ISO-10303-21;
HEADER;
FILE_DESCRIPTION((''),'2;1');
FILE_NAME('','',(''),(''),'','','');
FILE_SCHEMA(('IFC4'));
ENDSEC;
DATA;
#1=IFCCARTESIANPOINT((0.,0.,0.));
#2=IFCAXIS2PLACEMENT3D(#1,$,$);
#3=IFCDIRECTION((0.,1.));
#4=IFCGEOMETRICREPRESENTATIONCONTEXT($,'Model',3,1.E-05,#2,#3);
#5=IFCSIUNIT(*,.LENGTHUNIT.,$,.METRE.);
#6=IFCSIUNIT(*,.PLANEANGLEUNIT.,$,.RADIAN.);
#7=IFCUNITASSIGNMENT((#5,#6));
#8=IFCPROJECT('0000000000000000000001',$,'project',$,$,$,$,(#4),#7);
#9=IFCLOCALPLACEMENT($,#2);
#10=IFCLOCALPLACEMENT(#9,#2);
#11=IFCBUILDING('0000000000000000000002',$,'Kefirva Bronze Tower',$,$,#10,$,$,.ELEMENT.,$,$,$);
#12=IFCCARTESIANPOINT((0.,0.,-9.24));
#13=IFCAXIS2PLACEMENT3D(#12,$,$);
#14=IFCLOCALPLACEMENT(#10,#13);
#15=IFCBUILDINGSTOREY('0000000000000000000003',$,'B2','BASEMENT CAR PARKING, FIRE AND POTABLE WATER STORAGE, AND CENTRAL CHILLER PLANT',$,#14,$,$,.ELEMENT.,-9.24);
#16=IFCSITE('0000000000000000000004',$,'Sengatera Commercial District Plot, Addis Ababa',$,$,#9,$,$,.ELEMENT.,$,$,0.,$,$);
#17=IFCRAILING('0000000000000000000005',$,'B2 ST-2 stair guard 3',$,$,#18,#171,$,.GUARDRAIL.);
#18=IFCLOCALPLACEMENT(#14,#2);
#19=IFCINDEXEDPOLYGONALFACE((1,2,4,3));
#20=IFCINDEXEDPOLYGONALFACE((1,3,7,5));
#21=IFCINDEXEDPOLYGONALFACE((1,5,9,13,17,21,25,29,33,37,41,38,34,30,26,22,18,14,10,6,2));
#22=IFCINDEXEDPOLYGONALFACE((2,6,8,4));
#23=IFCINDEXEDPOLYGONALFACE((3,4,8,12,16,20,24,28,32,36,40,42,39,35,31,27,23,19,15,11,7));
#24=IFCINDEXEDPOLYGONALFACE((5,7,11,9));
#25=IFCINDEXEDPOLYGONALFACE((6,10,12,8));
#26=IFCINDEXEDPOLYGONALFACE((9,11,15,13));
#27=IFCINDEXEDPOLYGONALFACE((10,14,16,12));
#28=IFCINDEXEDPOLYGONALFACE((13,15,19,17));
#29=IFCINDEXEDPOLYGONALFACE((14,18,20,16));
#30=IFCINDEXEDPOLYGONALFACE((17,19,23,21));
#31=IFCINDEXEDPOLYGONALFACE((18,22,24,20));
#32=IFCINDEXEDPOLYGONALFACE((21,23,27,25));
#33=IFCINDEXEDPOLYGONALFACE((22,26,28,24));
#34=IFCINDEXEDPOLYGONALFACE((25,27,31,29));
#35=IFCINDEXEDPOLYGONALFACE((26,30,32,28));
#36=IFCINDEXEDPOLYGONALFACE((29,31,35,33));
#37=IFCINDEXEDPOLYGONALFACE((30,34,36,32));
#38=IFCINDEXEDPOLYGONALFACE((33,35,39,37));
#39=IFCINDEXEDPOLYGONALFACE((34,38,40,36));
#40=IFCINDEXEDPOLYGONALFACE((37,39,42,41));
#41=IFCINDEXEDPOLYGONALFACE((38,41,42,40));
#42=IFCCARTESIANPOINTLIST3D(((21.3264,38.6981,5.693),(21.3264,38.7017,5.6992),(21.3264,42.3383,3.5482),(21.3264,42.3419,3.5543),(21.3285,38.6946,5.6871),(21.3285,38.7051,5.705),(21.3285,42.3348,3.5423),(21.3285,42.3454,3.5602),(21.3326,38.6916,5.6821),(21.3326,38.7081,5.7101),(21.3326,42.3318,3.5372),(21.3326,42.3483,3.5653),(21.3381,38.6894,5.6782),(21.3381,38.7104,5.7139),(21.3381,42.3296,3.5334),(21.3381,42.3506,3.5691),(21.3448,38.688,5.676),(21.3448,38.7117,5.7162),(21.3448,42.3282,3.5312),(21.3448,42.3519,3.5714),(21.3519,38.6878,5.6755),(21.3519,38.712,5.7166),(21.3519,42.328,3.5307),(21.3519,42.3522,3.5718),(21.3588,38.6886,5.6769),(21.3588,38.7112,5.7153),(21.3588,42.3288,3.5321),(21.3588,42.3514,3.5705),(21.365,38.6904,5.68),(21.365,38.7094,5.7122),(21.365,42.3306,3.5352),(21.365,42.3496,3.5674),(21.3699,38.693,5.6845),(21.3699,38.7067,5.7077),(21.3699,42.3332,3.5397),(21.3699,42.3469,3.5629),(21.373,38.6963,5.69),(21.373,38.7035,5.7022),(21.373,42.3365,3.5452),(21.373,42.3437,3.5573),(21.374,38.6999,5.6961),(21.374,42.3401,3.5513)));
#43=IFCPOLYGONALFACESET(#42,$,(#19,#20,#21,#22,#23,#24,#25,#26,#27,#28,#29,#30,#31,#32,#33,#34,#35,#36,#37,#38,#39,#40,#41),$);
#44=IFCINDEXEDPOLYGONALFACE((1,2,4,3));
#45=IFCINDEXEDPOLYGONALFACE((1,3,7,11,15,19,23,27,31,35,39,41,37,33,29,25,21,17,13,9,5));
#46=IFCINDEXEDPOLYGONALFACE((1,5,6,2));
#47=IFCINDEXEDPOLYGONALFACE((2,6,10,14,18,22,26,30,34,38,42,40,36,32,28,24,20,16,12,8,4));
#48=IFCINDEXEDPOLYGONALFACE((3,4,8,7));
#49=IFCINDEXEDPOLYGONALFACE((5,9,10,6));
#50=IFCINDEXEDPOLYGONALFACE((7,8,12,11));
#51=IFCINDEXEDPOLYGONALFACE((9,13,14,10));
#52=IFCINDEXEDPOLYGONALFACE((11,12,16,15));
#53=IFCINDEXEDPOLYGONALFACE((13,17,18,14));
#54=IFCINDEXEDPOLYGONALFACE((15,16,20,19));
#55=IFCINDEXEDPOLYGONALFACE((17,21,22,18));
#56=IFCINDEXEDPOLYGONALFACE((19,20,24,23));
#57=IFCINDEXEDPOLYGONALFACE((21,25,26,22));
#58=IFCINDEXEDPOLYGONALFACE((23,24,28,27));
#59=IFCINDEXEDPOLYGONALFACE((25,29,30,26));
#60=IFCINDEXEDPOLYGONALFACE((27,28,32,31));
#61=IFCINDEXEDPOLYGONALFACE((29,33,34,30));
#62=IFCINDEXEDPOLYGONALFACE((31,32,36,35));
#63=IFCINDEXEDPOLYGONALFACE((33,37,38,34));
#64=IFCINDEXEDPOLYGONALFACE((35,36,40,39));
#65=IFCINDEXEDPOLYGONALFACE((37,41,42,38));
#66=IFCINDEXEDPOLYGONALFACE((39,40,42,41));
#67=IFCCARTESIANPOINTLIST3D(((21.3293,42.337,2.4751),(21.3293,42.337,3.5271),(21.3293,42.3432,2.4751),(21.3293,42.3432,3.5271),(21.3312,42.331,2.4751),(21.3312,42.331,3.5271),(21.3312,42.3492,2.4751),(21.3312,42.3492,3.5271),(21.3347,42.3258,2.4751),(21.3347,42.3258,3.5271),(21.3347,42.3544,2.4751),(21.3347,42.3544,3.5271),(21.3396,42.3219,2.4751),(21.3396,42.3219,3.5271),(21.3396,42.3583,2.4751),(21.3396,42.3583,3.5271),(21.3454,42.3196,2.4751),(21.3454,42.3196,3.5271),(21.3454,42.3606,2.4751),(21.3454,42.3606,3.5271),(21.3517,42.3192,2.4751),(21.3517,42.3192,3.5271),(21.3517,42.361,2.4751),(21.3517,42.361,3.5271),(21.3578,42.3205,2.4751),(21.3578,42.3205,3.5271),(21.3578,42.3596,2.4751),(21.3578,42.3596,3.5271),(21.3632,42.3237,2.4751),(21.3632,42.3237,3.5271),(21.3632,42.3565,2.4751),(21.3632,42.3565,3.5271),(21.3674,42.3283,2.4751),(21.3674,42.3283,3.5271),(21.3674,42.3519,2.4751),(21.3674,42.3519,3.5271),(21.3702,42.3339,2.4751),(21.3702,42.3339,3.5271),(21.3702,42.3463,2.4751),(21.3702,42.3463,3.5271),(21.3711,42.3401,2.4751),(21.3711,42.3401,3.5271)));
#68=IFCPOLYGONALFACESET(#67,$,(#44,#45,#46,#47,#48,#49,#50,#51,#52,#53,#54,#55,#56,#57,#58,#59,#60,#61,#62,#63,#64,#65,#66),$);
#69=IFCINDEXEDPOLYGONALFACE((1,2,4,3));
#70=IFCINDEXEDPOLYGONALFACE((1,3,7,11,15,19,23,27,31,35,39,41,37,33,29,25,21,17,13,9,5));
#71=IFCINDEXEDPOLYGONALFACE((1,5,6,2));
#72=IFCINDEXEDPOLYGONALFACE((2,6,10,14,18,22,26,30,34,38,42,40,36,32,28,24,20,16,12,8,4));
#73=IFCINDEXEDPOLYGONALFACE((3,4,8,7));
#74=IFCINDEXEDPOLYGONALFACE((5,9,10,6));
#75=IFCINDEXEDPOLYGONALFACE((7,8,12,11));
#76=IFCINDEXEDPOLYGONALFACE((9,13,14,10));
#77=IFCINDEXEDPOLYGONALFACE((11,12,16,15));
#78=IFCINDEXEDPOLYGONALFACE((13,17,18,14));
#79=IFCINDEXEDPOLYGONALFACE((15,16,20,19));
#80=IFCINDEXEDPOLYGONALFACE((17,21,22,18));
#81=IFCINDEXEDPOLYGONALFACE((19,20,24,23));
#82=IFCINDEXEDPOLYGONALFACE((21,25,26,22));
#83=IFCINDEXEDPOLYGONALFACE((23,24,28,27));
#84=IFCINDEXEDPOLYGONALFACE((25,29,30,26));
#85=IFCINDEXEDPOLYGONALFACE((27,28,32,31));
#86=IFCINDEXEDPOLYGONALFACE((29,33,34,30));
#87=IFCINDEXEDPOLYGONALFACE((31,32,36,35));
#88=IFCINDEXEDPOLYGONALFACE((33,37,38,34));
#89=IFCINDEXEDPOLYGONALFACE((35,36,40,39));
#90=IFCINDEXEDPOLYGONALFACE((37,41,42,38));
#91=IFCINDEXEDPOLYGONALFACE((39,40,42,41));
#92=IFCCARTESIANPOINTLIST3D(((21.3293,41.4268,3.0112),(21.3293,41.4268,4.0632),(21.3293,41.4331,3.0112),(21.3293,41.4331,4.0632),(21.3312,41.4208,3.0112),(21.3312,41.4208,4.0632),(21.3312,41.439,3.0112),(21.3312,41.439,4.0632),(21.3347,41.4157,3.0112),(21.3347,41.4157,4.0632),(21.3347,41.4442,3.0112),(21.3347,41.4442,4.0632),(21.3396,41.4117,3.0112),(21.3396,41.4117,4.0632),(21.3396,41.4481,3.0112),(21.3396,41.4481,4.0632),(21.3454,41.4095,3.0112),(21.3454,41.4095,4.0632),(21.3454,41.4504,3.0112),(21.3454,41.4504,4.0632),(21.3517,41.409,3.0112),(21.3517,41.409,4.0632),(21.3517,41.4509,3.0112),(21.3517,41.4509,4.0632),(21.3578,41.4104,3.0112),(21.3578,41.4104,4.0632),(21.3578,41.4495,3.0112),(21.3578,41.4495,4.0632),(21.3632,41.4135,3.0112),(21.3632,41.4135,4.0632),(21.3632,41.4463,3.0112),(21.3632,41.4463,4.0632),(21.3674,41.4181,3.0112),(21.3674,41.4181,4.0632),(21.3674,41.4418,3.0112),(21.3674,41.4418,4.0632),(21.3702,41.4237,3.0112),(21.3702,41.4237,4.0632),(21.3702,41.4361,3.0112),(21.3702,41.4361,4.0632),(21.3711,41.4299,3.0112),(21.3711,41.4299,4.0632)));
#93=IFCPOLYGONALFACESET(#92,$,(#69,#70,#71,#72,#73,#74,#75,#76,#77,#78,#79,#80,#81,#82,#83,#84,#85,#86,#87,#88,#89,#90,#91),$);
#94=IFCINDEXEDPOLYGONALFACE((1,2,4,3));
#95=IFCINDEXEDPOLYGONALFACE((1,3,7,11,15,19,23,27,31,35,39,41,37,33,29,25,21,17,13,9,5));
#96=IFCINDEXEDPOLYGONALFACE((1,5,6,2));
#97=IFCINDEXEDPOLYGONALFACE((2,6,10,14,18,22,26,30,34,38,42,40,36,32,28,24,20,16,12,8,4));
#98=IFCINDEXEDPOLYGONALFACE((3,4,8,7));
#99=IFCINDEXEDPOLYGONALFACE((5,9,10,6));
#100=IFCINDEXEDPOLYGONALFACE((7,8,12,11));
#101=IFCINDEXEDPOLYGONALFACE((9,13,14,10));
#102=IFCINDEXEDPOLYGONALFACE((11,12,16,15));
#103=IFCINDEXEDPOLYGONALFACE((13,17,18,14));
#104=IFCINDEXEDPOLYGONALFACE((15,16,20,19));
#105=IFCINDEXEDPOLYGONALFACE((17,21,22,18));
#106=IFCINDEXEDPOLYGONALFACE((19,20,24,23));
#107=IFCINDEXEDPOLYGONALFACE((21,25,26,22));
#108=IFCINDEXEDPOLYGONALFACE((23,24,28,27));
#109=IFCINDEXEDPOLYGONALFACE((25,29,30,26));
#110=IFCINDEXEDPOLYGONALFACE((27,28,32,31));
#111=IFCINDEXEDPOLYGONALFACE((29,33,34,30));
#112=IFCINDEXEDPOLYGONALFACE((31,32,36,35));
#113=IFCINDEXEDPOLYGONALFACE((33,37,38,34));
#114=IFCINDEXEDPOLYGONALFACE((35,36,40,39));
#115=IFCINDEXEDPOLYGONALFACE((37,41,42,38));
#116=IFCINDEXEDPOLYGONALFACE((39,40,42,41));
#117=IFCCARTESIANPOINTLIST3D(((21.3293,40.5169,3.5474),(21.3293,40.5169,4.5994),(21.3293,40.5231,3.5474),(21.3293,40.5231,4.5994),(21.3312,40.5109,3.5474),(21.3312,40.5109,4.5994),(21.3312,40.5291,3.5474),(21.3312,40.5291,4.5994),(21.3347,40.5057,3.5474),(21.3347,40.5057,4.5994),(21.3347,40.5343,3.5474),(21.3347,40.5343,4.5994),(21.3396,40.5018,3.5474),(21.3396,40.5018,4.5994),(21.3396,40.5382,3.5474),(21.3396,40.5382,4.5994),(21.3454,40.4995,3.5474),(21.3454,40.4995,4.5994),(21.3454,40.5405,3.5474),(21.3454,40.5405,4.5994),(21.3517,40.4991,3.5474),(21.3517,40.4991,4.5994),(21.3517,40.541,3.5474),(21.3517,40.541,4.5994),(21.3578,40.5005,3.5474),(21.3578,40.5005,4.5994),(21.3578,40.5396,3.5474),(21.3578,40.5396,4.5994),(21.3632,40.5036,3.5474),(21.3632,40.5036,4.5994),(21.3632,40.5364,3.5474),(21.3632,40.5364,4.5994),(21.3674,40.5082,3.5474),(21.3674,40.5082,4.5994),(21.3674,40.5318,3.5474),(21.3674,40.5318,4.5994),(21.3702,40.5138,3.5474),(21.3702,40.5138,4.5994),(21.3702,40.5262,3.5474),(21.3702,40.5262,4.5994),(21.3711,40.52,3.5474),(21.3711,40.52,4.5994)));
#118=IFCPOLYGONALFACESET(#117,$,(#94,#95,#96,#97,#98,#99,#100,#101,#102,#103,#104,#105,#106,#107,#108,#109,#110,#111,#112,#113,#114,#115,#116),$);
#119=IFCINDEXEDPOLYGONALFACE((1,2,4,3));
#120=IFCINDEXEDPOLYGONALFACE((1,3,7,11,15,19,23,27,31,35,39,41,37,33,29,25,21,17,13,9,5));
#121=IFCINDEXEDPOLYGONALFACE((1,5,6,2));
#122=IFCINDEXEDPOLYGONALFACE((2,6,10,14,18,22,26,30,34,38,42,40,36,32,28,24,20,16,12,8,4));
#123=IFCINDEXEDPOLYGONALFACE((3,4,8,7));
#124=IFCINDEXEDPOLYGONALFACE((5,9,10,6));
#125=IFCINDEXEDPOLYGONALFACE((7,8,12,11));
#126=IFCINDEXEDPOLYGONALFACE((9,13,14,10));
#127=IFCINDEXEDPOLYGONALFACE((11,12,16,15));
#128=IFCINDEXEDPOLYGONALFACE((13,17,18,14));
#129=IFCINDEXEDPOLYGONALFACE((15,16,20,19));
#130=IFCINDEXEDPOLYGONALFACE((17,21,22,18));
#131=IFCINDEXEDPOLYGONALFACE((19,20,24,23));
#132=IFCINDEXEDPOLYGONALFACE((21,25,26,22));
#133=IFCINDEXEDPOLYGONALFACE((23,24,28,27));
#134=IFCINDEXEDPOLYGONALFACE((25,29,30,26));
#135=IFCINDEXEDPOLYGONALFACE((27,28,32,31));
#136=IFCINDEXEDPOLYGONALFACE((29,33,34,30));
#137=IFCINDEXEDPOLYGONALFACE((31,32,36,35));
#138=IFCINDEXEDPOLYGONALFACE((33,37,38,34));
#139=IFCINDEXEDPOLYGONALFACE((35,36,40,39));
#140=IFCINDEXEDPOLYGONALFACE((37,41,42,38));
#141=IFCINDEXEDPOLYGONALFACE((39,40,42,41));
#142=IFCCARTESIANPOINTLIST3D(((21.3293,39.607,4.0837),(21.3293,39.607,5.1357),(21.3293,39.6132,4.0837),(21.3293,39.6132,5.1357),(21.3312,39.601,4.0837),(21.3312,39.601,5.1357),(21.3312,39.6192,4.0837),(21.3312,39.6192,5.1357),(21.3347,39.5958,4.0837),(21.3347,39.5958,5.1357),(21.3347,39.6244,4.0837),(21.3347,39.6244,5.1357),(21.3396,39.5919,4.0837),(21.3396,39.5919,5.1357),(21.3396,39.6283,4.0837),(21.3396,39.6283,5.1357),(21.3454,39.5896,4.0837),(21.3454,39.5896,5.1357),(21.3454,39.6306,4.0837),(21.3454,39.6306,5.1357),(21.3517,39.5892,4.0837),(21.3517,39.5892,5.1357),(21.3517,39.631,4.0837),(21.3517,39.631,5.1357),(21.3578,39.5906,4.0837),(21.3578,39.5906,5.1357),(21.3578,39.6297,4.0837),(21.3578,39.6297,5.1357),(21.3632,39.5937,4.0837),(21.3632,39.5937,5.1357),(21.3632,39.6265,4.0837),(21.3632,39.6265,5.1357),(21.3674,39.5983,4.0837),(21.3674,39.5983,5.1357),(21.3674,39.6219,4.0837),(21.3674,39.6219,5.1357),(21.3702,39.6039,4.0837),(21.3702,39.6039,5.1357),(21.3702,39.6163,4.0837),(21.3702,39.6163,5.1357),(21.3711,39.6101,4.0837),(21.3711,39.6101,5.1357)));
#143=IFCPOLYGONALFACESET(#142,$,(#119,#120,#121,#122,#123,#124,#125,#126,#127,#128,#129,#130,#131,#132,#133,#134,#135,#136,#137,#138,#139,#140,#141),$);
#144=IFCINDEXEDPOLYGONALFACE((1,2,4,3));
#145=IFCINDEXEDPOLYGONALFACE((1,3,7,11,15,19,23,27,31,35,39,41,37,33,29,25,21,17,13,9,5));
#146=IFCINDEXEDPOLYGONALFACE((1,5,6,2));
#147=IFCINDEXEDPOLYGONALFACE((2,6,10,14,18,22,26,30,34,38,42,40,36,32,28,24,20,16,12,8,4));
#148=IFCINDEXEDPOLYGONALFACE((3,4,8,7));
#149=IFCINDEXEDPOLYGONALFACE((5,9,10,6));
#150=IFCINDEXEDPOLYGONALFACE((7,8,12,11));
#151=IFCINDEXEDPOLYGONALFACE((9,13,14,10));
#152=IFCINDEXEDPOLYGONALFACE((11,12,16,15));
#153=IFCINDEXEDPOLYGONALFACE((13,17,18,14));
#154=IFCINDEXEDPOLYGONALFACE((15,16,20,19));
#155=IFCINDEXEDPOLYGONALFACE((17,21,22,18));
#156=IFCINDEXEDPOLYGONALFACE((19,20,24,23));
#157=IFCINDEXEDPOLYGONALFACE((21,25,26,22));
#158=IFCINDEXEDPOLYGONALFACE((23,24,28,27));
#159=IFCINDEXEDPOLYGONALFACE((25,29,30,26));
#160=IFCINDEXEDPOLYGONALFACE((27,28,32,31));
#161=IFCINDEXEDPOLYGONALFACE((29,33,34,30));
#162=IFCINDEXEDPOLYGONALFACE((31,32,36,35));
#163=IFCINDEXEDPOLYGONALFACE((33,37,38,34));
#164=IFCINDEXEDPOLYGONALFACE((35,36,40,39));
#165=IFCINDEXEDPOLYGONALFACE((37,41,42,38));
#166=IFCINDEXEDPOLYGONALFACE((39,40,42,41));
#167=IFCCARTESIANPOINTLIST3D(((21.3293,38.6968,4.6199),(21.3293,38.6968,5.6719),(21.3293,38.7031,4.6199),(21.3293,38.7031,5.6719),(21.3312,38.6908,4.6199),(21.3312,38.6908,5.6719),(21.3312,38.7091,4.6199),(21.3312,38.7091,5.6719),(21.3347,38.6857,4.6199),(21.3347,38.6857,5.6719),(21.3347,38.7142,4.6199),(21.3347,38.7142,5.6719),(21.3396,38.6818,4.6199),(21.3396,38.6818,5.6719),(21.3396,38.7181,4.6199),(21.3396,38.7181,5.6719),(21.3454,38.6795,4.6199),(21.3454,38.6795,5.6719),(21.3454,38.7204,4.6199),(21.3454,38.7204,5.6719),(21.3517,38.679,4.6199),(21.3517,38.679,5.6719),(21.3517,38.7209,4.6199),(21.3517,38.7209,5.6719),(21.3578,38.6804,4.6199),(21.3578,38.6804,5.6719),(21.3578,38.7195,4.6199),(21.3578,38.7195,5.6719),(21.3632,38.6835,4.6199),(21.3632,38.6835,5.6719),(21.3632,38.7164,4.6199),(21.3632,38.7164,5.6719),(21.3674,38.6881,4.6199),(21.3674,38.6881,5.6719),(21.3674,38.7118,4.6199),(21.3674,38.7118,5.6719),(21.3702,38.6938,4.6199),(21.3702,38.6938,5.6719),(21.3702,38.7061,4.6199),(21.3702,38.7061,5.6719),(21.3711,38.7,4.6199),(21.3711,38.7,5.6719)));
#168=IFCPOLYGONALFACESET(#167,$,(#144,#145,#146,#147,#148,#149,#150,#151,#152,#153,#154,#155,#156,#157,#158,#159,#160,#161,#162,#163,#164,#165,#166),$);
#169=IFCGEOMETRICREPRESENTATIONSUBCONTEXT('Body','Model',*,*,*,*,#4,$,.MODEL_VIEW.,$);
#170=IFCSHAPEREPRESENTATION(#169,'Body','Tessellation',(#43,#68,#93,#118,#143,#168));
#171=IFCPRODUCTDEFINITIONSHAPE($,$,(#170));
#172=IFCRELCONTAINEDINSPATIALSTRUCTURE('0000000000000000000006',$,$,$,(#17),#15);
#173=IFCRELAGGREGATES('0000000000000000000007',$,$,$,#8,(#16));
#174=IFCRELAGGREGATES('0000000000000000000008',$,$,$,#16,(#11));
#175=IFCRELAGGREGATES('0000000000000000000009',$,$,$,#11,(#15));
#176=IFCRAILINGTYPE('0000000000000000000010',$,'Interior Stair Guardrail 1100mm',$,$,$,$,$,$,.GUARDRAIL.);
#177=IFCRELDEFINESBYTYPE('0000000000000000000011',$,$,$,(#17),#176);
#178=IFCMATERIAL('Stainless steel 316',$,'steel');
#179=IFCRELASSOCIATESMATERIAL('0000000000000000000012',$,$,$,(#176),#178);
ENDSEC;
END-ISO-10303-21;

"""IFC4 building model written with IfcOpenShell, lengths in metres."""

from ifc_helpers import new_model, si_unit, direction, frame, origin, origin_2d, place, context, subcontext, project, spatial, circle, extrude, material, type_object, element, save


model = new_model("IFC4")

# Units and contexts
model_context = context("Model", 3, precision=1e-05, world=origin(), true_north=direction((0.0, 1.0)))
body_context = subcontext(model_context, "Body", "Model", "MODEL_VIEW")
ifc_project = project(units=[si_unit("LENGTHUNIT", "METRE"), si_unit("PLANEANGLEUNIT", "RADIAN")], contexts=[model_context])

# Site, building, storey
site_placement = place(None, origin())
site = spatial("IfcSite", under=ifc_project, at=site_placement, Name="Sengatera Commercial District Plot, Addis Ababa", CompositionType="ELEMENT", RefElevation=0.0)
building_placement = place(site_placement, origin())
building = spatial("IfcBuilding", under=site, at=building_placement, Name="Kefirva Bronze Tower", CompositionType="ELEMENT")
storey_placement = place(building_placement, frame((0.0, 0.0, -9.24)))
storey = spatial("IfcBuildingStorey", under=building, at=storey_placement, Name="B2", Description="BASEMENT CAR PARKING, FIRE AND POTABLE WATER STORAGE, AND CENTRAL CHILLER PLANT", CompositionType="ELEMENT", Elevation=-9.24)

# Railing
ifc_material_1 = material(Name="Stainless steel 316", Category="steel")
railing_type_1 = type_object("IfcRailingType", Name="Interior Stair Guardrail 1100mm", PredefinedType="GUARDRAIL", material=ifc_material_1)
railing_1_placement = place(storey_placement, frame((21.3501, 42.3401, 2.4751)))
element("IfcRailing", 1, at=railing_1_placement, inside=storey, type_object=railing_type_1, Name="B2 ST-2 stair guard 3", PredefinedType="GUARDRAIL", context=body_context, shape_type="SweptSolid", body=[
    extrude(circle(Radius=0.0239, at=origin_2d()), frame((0.0, 0.0, 1.0762), z_axis=(0.0, -0.86157, 0.507639), x_axis=(1.0, 0.0, 0.0)), (0.0, 0.0, 1.0), 4.2251),
    extrude(circle(Radius=0.021, at=origin_2d()), origin(), (0.0, 0.0, 1.0), 1.052),
    extrude(circle(Radius=0.021, at=origin_2d()), frame((0.0, -0.9102, 0.5361)), (0.0, 0.0, 1.0), 1.052),
    extrude(circle(Radius=0.021, at=origin_2d()), frame((0.0, -1.8201, 1.0723)), (0.0, 0.0, 1.0), 1.052),
    extrude(circle(Radius=0.021, at=origin_2d()), frame((0.0, -2.73, 1.6086)), (0.0, 0.0, 1.0), 1.052),
    extrude(circle(Radius=0.021, at=origin_2d()), frame((0.0, -3.6401, 2.1448)), (0.0, 0.0, 1.0), 1.052),
])

save(model, "model.ifc")
